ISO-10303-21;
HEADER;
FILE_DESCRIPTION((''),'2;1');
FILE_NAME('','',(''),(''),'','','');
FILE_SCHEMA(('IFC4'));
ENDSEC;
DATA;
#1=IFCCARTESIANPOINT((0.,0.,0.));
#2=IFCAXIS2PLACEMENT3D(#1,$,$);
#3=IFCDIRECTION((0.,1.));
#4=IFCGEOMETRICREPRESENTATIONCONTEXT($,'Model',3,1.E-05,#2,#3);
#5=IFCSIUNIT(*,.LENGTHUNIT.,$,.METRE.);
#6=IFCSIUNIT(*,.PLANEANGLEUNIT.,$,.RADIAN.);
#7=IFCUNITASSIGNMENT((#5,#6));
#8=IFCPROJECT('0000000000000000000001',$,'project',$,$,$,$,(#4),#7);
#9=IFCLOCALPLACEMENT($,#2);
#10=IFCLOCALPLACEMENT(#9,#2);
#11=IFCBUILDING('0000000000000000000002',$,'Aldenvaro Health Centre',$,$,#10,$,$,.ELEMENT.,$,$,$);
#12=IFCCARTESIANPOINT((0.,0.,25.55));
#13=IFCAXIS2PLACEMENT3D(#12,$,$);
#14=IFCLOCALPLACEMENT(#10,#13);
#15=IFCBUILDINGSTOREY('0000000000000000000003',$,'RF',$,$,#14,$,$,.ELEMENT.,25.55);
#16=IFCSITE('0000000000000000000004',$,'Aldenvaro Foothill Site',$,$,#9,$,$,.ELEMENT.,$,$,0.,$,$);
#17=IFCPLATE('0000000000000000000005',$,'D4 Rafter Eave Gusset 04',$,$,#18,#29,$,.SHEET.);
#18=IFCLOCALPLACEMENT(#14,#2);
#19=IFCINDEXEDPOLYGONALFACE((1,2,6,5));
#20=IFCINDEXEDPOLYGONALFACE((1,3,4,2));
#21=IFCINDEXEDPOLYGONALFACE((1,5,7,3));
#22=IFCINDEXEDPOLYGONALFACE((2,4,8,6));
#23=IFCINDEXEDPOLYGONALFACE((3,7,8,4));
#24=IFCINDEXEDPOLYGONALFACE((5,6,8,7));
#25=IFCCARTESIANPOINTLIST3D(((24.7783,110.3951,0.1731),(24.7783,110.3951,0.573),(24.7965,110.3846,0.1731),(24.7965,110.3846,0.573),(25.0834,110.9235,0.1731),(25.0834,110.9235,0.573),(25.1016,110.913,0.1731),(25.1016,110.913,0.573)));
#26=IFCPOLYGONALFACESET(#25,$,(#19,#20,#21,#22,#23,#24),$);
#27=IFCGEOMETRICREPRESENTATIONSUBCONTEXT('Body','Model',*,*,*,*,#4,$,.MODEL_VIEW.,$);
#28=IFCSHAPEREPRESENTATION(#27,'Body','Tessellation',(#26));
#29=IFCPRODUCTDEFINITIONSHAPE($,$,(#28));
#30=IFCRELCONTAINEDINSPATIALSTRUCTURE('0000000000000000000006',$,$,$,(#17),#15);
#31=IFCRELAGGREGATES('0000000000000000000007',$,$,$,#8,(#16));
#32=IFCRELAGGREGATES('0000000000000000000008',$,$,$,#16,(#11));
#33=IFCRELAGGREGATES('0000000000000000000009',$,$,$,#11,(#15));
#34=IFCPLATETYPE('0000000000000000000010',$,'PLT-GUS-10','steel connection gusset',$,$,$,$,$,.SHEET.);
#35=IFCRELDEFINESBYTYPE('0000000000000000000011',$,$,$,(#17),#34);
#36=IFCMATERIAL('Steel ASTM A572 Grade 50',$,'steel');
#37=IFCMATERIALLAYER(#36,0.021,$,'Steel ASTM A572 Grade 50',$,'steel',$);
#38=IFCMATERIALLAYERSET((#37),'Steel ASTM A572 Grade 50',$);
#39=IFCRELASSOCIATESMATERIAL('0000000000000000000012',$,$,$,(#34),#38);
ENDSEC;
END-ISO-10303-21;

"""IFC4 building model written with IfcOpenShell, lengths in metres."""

from ifc_helpers import new_model, si_unit, direction, frame, origin, origin_2d, place, context, subcontext, project, spatial, rectangle, extrude, material, layer, layer_set, type_object, element, save


model = new_model("IFC4")

# Units and contexts
model_context = context("Model", 3, precision=1e-05, world=origin(), true_north=direction((0.0, 1.0)))
body_context = subcontext(model_context, "Body", "Model", "MODEL_VIEW")
ifc_project = project(units=[si_unit("LENGTHUNIT", "METRE"), si_unit("PLANEANGLEUNIT", "RADIAN")], contexts=[model_context])

# Site, building, storey
site_placement = place(None, origin())
site = spatial("IfcSite", under=ifc_project, at=site_placement, Name="Aldenvaro Foothill Site", CompositionType="ELEMENT", RefElevation=0.0)
building_placement = place(site_placement, origin())
building = spatial("IfcBuilding", under=site, at=building_placement, Name="Aldenvaro Health Centre", CompositionType="ELEMENT")
storey_placement = place(building_placement, frame((0.0, 0.0, 25.55)))
storey = spatial("IfcBuildingStorey", under=building, at=storey_placement, Name="RF", CompositionType="ELEMENT", Elevation=25.55)

# Plate
ifc_material_1 = material(Name="Steel ASTM A572 Grade 50", Category="steel")
ifc_layer_1 = layer(ifc_material_1, 0.021, Name="Steel ASTM A572 Grade 50", Category="steel")
ifc_layer_set_1 = layer_set([ifc_layer_1], Name="Steel ASTM A572 Grade 50")
plate_type_1 = type_object("IfcPlateType", Name="PLT-GUS-10", Description="steel connection gusset", PredefinedType="SHEET", material=ifc_layer_set_1)
plate_1_placement = place(storey_placement, frame((24.9399, 110.6541, 0.1731), z_axis=(0.0, 0.0, 1.0), x_axis=(0.500014, 0.866017, 0.0)))
element("IfcPlate", 1, at=plate_1_placement, inside=storey, type_object=plate_type_1, Name="D4 Rafter Eave Gusset 04", PredefinedType="SHEET", context=body_context, shape_type="SweptSolid", body=[
    extrude(rectangle(XDim=0.6101, YDim=0.021, at=origin_2d()), origin(), (0.0, 0.0, 1.0), 0.3999),
])

save(model, "model.ifc")
